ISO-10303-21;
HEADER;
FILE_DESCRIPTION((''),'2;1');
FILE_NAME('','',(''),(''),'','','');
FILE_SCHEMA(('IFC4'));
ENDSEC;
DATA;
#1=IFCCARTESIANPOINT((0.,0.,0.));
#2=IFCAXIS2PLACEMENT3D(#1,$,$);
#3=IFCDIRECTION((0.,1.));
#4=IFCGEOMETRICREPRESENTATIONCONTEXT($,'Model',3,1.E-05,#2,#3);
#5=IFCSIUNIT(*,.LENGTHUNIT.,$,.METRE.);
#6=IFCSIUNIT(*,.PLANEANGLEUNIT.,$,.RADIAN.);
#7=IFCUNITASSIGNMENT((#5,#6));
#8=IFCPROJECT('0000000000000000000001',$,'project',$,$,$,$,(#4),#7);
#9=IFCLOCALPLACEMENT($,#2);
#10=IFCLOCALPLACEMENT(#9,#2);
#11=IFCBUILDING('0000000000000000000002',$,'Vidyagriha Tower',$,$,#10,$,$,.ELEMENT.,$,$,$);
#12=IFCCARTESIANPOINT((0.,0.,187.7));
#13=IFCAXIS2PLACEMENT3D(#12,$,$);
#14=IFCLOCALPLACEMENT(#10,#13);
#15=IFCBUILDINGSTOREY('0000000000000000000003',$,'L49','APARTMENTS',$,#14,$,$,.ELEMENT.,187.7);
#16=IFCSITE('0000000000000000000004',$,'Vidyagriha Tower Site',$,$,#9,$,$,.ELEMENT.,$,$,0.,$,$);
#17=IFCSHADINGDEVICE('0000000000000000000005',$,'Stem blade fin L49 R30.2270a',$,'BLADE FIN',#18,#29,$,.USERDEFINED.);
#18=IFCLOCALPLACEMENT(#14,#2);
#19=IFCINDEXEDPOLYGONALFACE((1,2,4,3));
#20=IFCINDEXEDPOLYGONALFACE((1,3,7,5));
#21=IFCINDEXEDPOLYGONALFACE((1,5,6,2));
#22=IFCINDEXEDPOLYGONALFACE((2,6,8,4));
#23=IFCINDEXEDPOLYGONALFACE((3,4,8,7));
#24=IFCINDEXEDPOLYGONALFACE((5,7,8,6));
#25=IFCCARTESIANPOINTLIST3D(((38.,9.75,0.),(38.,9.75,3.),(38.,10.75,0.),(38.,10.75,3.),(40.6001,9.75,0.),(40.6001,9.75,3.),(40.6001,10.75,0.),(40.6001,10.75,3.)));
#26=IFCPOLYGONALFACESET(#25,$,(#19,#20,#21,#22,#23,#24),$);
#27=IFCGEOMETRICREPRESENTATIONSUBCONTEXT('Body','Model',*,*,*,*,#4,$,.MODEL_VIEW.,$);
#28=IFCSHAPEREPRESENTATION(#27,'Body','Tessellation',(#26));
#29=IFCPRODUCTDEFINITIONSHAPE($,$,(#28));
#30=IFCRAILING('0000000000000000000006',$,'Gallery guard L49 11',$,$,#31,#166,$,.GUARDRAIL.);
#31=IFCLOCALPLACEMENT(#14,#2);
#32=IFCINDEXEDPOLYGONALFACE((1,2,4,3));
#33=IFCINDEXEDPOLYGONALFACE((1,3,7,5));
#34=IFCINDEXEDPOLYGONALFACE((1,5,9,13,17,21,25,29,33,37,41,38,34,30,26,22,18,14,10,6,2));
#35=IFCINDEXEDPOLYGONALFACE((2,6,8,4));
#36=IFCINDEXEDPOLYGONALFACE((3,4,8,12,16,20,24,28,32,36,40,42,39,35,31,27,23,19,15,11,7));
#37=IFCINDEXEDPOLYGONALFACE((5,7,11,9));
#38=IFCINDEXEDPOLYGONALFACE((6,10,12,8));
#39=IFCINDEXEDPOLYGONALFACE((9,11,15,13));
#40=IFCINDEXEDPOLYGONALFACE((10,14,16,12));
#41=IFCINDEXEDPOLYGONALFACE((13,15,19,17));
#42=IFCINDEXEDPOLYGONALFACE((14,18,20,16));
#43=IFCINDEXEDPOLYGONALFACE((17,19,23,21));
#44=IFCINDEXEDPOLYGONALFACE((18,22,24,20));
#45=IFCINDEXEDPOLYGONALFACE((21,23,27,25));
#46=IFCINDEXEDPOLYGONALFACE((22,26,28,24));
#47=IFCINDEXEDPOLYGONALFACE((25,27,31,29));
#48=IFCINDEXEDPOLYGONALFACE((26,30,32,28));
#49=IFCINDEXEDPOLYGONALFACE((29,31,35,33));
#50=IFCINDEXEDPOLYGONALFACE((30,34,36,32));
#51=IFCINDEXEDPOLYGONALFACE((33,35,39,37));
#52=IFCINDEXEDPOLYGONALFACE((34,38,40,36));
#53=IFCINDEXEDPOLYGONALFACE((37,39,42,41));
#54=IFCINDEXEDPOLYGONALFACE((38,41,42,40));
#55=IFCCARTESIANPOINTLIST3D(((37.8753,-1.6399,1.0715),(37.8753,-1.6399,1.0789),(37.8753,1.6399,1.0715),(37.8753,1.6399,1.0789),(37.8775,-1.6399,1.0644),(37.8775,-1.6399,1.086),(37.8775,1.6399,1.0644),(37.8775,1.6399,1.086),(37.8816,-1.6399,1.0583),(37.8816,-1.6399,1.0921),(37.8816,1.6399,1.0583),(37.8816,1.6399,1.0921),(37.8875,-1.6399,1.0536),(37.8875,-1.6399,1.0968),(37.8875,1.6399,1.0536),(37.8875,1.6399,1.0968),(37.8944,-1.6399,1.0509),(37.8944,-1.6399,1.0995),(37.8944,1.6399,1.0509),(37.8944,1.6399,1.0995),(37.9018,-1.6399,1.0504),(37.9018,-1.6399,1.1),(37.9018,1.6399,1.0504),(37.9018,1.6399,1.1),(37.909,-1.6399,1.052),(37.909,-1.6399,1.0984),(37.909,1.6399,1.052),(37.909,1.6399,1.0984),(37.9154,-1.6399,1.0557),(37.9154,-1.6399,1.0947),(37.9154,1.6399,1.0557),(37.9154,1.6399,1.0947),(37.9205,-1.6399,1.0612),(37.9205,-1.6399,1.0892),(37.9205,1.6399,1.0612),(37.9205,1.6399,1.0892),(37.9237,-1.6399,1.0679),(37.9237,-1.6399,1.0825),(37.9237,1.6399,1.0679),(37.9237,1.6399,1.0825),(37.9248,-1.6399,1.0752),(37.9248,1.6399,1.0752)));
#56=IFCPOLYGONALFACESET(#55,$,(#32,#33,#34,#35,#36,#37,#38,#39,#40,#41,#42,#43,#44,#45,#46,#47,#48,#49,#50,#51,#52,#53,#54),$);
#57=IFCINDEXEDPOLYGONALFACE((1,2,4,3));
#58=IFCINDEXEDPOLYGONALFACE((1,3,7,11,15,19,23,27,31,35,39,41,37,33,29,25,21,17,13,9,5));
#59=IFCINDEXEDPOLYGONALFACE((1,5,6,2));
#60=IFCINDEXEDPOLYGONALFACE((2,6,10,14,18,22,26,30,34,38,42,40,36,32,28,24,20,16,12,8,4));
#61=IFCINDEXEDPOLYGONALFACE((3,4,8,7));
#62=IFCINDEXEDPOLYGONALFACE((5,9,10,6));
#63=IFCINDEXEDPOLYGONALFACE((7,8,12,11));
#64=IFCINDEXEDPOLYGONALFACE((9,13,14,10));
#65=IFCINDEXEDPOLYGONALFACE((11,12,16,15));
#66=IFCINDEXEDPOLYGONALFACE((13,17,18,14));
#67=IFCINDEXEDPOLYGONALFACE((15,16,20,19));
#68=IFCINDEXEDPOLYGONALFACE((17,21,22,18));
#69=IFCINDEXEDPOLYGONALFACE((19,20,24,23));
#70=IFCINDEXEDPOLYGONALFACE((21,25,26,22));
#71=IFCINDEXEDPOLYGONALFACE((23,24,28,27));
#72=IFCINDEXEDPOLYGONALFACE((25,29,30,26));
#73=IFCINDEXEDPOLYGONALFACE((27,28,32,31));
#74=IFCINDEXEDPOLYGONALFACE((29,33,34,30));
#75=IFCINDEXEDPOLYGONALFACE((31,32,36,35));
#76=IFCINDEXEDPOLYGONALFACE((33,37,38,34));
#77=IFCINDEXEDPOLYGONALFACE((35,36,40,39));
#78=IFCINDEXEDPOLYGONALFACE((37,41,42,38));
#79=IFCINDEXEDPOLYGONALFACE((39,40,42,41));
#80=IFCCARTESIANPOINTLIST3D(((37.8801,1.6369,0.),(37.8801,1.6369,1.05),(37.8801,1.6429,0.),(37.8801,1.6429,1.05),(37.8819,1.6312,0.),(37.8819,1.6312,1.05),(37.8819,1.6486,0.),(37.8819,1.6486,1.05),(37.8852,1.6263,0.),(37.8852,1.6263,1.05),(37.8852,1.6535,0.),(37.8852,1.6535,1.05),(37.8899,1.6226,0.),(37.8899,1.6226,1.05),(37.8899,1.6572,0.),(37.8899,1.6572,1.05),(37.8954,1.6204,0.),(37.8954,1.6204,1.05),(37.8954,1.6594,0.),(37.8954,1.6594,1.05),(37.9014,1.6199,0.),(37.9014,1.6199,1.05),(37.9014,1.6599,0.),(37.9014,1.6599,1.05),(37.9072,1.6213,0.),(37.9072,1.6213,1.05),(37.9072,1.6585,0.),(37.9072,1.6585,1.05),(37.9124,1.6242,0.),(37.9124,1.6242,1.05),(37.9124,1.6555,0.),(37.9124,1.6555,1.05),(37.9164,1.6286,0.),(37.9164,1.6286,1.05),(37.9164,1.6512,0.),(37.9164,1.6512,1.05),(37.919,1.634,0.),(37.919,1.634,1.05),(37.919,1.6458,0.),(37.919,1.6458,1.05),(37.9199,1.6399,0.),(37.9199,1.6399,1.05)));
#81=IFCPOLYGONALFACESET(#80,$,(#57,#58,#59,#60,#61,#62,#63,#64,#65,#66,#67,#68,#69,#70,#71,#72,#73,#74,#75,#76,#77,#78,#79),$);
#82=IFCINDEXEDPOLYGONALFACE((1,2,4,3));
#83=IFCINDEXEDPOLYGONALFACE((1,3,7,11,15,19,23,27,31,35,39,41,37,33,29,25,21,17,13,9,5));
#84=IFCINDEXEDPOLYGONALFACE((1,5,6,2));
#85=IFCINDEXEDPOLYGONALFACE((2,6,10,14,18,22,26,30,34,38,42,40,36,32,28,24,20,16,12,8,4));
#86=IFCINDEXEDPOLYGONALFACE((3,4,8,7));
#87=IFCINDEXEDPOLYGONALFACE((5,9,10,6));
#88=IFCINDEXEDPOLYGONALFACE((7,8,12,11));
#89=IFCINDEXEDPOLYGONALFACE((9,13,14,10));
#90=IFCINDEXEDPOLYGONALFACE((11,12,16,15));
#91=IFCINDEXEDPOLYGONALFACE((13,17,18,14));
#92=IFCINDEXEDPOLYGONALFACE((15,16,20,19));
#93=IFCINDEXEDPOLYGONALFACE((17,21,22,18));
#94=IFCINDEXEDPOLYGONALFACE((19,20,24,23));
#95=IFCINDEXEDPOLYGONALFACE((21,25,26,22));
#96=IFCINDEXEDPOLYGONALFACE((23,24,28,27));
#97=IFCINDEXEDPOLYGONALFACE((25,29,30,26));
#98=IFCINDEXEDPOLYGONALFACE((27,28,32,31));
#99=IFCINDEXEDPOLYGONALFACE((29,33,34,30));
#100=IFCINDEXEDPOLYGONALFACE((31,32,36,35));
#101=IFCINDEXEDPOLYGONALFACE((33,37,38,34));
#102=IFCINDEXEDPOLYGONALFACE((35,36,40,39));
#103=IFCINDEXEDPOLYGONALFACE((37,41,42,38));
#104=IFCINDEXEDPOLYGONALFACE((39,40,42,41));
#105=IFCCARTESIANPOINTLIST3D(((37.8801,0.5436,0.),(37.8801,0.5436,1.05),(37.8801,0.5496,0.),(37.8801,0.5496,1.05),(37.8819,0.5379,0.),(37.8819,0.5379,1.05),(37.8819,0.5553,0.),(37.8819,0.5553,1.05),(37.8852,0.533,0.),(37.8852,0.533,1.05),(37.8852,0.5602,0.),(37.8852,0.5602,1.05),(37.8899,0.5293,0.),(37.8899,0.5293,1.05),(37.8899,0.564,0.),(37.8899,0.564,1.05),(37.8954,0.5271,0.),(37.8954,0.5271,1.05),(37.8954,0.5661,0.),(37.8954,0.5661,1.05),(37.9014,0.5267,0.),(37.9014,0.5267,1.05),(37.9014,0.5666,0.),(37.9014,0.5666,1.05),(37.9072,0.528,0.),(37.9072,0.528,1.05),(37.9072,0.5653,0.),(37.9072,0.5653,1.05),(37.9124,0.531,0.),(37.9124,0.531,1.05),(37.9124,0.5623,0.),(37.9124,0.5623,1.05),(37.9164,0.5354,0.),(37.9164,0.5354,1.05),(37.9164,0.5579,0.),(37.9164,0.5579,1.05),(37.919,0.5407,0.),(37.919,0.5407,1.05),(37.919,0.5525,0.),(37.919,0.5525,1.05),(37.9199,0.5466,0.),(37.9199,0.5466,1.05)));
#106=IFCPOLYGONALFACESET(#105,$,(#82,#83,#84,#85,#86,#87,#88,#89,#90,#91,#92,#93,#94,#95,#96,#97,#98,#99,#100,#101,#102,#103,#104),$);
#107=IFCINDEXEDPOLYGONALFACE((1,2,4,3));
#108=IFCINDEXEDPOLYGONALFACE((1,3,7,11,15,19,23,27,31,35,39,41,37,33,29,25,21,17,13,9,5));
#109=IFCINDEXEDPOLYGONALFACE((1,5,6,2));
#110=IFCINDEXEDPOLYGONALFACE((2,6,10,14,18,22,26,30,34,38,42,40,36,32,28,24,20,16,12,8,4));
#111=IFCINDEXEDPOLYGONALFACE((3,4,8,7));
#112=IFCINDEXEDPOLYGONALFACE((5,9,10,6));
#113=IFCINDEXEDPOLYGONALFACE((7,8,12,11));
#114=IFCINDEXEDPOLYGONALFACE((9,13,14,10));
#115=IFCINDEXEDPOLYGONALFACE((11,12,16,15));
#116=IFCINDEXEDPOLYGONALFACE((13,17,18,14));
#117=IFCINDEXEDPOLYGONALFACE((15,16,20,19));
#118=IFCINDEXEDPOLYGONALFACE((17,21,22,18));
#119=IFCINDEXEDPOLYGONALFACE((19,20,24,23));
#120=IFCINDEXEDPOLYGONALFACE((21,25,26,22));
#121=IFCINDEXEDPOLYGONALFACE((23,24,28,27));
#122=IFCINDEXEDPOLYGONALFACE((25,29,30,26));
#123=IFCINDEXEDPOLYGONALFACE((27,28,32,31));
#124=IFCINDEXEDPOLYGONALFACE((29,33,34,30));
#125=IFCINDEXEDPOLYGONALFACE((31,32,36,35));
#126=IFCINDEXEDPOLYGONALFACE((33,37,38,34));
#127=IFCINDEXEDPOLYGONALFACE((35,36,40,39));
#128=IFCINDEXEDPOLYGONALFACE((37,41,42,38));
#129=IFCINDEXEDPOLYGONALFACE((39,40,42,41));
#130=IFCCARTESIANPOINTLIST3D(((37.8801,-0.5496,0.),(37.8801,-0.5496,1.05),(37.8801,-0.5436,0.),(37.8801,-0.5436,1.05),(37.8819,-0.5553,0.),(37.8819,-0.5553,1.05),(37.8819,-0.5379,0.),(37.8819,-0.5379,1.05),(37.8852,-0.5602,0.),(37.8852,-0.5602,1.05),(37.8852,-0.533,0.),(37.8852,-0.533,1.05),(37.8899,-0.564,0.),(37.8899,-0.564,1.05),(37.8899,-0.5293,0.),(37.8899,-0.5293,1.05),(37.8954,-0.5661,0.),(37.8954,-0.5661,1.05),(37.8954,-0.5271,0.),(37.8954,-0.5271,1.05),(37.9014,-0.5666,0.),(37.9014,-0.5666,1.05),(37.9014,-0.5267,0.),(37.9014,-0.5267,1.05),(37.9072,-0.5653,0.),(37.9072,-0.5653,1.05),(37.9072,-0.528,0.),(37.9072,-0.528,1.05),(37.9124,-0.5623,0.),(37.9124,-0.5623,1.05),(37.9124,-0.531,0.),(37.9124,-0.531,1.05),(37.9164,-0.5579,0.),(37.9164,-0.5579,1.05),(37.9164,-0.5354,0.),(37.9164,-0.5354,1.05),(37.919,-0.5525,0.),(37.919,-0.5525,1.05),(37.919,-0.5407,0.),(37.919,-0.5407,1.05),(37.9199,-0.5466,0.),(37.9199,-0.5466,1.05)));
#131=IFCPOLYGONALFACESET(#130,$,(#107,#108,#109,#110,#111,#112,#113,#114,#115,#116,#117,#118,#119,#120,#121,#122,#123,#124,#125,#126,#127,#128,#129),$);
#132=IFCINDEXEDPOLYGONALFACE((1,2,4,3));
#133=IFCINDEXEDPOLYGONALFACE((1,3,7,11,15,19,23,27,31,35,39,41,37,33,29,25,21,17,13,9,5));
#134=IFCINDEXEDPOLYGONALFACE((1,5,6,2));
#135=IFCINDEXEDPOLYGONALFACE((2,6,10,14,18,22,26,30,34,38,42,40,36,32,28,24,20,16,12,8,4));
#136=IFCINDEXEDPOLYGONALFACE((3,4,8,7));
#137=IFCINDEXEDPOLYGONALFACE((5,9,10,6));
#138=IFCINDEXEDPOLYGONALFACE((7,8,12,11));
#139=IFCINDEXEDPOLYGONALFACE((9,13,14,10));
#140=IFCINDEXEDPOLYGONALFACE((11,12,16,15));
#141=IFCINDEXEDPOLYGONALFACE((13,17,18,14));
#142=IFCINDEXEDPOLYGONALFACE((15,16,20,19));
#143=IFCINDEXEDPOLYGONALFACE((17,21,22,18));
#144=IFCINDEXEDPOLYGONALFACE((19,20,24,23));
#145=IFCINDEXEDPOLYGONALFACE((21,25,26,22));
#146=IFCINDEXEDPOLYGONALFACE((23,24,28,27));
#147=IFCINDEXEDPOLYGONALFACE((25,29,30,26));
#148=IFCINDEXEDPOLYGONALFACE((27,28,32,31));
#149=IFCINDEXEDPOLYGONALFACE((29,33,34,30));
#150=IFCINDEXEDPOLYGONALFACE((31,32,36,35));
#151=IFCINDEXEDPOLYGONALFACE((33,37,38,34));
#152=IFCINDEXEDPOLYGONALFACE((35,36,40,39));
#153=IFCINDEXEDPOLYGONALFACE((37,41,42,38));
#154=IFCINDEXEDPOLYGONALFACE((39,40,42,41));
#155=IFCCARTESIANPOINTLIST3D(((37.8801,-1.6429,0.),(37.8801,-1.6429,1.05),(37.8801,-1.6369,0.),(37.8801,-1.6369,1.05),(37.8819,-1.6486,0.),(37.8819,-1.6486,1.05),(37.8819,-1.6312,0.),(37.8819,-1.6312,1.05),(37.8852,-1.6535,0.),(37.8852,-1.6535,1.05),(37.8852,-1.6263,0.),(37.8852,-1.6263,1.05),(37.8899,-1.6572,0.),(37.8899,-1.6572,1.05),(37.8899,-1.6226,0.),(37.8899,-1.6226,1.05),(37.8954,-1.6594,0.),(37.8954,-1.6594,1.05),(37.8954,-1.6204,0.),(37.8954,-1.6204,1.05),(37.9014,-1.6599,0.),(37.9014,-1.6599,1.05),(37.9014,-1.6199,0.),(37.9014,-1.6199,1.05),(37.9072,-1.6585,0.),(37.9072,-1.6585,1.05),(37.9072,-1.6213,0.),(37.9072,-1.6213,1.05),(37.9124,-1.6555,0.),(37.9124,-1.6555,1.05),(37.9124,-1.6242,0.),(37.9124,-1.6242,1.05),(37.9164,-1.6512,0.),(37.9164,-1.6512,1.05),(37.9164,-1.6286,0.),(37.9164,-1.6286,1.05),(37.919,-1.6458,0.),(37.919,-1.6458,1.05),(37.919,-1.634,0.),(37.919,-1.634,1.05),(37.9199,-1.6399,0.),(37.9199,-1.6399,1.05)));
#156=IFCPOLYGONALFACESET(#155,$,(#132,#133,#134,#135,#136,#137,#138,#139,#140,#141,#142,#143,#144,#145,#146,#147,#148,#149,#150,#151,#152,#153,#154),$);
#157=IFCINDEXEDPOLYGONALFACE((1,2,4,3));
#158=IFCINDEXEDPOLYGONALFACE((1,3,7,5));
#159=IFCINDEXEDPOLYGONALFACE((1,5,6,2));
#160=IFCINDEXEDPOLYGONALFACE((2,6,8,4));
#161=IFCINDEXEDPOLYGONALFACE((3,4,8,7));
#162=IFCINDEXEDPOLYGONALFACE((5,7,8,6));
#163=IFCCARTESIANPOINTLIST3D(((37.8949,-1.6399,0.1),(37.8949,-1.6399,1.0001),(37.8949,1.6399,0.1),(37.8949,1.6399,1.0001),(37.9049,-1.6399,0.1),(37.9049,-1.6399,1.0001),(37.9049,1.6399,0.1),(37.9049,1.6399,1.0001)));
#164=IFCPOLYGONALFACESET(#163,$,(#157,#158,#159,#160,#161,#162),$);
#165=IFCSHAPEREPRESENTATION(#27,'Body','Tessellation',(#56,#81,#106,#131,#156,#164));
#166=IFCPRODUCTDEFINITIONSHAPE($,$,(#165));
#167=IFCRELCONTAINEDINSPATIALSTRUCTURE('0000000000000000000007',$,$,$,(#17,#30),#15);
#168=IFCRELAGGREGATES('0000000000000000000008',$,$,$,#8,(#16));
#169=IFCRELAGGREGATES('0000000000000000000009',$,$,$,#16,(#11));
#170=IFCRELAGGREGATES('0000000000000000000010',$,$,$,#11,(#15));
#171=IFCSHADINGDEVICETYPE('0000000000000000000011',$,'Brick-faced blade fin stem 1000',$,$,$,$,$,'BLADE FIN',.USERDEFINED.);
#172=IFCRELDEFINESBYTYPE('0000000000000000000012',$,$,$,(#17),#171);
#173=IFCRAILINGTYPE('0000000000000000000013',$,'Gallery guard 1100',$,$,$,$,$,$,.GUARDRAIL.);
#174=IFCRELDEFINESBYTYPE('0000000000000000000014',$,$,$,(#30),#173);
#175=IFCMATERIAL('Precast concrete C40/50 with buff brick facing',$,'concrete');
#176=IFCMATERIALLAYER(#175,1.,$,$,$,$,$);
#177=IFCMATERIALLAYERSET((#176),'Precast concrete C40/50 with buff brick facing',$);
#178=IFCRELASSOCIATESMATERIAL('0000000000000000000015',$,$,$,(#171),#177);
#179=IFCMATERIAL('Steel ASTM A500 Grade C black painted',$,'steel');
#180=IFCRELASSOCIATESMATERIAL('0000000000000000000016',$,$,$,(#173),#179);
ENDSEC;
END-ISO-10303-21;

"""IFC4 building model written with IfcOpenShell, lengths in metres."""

from ifc_helpers import new_model, si_unit, direction, frame, origin, origin_2d, place, context, subcontext, project, spatial, polyline, rectangle, circle, outline, extrude, material, layer, layer_set, type_object, element, save


model = new_model("IFC4")

# Units and contexts
model_context = context("Model", 3, precision=1e-05, world=origin(), true_north=direction((0.0, 1.0)))
body_context = subcontext(model_context, "Body", "Model", "MODEL_VIEW")
ifc_project = project(units=[si_unit("LENGTHUNIT", "METRE"), si_unit("PLANEANGLEUNIT", "RADIAN")], contexts=[model_context])

# Site, building, storey
site_placement = place(None, origin())
site = spatial("IfcSite", under=ifc_project, at=site_placement, Name="Vidyagriha Tower Site", CompositionType="ELEMENT", RefElevation=0.0)
building_placement = place(site_placement, origin())
building = spatial("IfcBuilding", under=site, at=building_placement, Name="Vidyagriha Tower", CompositionType="ELEMENT")
storey_placement = place(building_placement, frame((0.0, 0.0, 187.7)))
storey = spatial("IfcBuildingStorey", under=building, at=storey_placement, Name="L49", Description="APARTMENTS", CompositionType="ELEMENT", Elevation=187.7)

# Shading device
ifc_material_1 = material(Name="Precast concrete C40/50 with buff brick facing", Category="concrete")
ifc_layer_1 = layer(ifc_material_1, 1.0)
ifc_layer_set_1 = layer_set([ifc_layer_1], Name="Precast concrete C40/50 with buff brick facing")
shading_device_type_1 = type_object("IfcShadingDeviceType", Name="Brick-faced blade fin stem 1000", ElementType="BLADE FIN", PredefinedType="USERDEFINED", material=ifc_layer_set_1)
shading_device_1_placement = place(storey_placement, frame((39.3, 9.75, 0.0), z_axis=(0.0, 0.0, 1.0), x_axis=(0.0, 1.0, 0.0)))
element("IfcShadingDevice", 1, at=shading_device_1_placement, inside=storey, type_object=shading_device_type_1, Name="Stem blade fin L49 R30.2270a", ObjectType="BLADE FIN", PredefinedType="USERDEFINED", context=body_context, shape_type="SweptSolid", body=[
    extrude(outline(polyline([(0.0, 0.0), (1.0, 0.0), (1.0, 3.0), (0.0, 3.0), (0.0, 0.0)])), frame((0.0, 1.3, 0.0), z_axis=(0.0, -1.0, 0.0), x_axis=(1.0, 0.0, 0.0)), (0.0, 0.0, 1.0), 2.6001),
])

# Railing
ifc_material_2 = material(Name="Steel ASTM A500 Grade C black painted", Category="steel")
railing_type_1 = type_object("IfcRailingType", Name="Gallery guard 1100", PredefinedType="GUARDRAIL", material=ifc_material_2)
railing_1_placement = place(storey_placement, frame((37.8999, 1.6399, 0.0)))
element("IfcRailing", 2, at=railing_1_placement, inside=storey, type_object=railing_type_1, Name="Gallery guard L49 11", PredefinedType="GUARDRAIL", context=body_context, shape_type="SweptSolid", body=[
    extrude(circle(Radius=0.0249, at=origin_2d()), frame((0.0, 0.0, 1.0752), z_axis=(0.0, -1.0, 0.0), x_axis=(1.0, 0.0, 0.0)), (0.0, 0.0, 1.0), 3.2798),
    extrude(circle(Radius=0.02, at=origin_2d()), origin(), (0.0, 0.0, 1.0), 1.05),
    extrude(circle(Radius=0.02, at=origin_2d()), frame((0.0, -1.0933, 0.0)), (0.0, 0.0, 1.0), 1.05),
    extrude(circle(Radius=0.02, at=origin_2d()), frame((0.0, -2.1865, 0.0)), (0.0, 0.0, 1.0), 1.05),
    extrude(circle(Radius=0.02, at=origin_2d()), frame((0.0, -3.2798, 0.0)), (0.0, 0.0, 1.0), 1.05),
    extrude(rectangle(XDim=0.01, YDim=0.9001, at=origin_2d()), frame((0.0, 0.0, 0.55), z_axis=(0.0, -1.0, 0.0), x_axis=(1.0, 0.0, 0.0)), (0.0, 0.0, 1.0), 3.2798),
])

save(model, "model.ifc")
